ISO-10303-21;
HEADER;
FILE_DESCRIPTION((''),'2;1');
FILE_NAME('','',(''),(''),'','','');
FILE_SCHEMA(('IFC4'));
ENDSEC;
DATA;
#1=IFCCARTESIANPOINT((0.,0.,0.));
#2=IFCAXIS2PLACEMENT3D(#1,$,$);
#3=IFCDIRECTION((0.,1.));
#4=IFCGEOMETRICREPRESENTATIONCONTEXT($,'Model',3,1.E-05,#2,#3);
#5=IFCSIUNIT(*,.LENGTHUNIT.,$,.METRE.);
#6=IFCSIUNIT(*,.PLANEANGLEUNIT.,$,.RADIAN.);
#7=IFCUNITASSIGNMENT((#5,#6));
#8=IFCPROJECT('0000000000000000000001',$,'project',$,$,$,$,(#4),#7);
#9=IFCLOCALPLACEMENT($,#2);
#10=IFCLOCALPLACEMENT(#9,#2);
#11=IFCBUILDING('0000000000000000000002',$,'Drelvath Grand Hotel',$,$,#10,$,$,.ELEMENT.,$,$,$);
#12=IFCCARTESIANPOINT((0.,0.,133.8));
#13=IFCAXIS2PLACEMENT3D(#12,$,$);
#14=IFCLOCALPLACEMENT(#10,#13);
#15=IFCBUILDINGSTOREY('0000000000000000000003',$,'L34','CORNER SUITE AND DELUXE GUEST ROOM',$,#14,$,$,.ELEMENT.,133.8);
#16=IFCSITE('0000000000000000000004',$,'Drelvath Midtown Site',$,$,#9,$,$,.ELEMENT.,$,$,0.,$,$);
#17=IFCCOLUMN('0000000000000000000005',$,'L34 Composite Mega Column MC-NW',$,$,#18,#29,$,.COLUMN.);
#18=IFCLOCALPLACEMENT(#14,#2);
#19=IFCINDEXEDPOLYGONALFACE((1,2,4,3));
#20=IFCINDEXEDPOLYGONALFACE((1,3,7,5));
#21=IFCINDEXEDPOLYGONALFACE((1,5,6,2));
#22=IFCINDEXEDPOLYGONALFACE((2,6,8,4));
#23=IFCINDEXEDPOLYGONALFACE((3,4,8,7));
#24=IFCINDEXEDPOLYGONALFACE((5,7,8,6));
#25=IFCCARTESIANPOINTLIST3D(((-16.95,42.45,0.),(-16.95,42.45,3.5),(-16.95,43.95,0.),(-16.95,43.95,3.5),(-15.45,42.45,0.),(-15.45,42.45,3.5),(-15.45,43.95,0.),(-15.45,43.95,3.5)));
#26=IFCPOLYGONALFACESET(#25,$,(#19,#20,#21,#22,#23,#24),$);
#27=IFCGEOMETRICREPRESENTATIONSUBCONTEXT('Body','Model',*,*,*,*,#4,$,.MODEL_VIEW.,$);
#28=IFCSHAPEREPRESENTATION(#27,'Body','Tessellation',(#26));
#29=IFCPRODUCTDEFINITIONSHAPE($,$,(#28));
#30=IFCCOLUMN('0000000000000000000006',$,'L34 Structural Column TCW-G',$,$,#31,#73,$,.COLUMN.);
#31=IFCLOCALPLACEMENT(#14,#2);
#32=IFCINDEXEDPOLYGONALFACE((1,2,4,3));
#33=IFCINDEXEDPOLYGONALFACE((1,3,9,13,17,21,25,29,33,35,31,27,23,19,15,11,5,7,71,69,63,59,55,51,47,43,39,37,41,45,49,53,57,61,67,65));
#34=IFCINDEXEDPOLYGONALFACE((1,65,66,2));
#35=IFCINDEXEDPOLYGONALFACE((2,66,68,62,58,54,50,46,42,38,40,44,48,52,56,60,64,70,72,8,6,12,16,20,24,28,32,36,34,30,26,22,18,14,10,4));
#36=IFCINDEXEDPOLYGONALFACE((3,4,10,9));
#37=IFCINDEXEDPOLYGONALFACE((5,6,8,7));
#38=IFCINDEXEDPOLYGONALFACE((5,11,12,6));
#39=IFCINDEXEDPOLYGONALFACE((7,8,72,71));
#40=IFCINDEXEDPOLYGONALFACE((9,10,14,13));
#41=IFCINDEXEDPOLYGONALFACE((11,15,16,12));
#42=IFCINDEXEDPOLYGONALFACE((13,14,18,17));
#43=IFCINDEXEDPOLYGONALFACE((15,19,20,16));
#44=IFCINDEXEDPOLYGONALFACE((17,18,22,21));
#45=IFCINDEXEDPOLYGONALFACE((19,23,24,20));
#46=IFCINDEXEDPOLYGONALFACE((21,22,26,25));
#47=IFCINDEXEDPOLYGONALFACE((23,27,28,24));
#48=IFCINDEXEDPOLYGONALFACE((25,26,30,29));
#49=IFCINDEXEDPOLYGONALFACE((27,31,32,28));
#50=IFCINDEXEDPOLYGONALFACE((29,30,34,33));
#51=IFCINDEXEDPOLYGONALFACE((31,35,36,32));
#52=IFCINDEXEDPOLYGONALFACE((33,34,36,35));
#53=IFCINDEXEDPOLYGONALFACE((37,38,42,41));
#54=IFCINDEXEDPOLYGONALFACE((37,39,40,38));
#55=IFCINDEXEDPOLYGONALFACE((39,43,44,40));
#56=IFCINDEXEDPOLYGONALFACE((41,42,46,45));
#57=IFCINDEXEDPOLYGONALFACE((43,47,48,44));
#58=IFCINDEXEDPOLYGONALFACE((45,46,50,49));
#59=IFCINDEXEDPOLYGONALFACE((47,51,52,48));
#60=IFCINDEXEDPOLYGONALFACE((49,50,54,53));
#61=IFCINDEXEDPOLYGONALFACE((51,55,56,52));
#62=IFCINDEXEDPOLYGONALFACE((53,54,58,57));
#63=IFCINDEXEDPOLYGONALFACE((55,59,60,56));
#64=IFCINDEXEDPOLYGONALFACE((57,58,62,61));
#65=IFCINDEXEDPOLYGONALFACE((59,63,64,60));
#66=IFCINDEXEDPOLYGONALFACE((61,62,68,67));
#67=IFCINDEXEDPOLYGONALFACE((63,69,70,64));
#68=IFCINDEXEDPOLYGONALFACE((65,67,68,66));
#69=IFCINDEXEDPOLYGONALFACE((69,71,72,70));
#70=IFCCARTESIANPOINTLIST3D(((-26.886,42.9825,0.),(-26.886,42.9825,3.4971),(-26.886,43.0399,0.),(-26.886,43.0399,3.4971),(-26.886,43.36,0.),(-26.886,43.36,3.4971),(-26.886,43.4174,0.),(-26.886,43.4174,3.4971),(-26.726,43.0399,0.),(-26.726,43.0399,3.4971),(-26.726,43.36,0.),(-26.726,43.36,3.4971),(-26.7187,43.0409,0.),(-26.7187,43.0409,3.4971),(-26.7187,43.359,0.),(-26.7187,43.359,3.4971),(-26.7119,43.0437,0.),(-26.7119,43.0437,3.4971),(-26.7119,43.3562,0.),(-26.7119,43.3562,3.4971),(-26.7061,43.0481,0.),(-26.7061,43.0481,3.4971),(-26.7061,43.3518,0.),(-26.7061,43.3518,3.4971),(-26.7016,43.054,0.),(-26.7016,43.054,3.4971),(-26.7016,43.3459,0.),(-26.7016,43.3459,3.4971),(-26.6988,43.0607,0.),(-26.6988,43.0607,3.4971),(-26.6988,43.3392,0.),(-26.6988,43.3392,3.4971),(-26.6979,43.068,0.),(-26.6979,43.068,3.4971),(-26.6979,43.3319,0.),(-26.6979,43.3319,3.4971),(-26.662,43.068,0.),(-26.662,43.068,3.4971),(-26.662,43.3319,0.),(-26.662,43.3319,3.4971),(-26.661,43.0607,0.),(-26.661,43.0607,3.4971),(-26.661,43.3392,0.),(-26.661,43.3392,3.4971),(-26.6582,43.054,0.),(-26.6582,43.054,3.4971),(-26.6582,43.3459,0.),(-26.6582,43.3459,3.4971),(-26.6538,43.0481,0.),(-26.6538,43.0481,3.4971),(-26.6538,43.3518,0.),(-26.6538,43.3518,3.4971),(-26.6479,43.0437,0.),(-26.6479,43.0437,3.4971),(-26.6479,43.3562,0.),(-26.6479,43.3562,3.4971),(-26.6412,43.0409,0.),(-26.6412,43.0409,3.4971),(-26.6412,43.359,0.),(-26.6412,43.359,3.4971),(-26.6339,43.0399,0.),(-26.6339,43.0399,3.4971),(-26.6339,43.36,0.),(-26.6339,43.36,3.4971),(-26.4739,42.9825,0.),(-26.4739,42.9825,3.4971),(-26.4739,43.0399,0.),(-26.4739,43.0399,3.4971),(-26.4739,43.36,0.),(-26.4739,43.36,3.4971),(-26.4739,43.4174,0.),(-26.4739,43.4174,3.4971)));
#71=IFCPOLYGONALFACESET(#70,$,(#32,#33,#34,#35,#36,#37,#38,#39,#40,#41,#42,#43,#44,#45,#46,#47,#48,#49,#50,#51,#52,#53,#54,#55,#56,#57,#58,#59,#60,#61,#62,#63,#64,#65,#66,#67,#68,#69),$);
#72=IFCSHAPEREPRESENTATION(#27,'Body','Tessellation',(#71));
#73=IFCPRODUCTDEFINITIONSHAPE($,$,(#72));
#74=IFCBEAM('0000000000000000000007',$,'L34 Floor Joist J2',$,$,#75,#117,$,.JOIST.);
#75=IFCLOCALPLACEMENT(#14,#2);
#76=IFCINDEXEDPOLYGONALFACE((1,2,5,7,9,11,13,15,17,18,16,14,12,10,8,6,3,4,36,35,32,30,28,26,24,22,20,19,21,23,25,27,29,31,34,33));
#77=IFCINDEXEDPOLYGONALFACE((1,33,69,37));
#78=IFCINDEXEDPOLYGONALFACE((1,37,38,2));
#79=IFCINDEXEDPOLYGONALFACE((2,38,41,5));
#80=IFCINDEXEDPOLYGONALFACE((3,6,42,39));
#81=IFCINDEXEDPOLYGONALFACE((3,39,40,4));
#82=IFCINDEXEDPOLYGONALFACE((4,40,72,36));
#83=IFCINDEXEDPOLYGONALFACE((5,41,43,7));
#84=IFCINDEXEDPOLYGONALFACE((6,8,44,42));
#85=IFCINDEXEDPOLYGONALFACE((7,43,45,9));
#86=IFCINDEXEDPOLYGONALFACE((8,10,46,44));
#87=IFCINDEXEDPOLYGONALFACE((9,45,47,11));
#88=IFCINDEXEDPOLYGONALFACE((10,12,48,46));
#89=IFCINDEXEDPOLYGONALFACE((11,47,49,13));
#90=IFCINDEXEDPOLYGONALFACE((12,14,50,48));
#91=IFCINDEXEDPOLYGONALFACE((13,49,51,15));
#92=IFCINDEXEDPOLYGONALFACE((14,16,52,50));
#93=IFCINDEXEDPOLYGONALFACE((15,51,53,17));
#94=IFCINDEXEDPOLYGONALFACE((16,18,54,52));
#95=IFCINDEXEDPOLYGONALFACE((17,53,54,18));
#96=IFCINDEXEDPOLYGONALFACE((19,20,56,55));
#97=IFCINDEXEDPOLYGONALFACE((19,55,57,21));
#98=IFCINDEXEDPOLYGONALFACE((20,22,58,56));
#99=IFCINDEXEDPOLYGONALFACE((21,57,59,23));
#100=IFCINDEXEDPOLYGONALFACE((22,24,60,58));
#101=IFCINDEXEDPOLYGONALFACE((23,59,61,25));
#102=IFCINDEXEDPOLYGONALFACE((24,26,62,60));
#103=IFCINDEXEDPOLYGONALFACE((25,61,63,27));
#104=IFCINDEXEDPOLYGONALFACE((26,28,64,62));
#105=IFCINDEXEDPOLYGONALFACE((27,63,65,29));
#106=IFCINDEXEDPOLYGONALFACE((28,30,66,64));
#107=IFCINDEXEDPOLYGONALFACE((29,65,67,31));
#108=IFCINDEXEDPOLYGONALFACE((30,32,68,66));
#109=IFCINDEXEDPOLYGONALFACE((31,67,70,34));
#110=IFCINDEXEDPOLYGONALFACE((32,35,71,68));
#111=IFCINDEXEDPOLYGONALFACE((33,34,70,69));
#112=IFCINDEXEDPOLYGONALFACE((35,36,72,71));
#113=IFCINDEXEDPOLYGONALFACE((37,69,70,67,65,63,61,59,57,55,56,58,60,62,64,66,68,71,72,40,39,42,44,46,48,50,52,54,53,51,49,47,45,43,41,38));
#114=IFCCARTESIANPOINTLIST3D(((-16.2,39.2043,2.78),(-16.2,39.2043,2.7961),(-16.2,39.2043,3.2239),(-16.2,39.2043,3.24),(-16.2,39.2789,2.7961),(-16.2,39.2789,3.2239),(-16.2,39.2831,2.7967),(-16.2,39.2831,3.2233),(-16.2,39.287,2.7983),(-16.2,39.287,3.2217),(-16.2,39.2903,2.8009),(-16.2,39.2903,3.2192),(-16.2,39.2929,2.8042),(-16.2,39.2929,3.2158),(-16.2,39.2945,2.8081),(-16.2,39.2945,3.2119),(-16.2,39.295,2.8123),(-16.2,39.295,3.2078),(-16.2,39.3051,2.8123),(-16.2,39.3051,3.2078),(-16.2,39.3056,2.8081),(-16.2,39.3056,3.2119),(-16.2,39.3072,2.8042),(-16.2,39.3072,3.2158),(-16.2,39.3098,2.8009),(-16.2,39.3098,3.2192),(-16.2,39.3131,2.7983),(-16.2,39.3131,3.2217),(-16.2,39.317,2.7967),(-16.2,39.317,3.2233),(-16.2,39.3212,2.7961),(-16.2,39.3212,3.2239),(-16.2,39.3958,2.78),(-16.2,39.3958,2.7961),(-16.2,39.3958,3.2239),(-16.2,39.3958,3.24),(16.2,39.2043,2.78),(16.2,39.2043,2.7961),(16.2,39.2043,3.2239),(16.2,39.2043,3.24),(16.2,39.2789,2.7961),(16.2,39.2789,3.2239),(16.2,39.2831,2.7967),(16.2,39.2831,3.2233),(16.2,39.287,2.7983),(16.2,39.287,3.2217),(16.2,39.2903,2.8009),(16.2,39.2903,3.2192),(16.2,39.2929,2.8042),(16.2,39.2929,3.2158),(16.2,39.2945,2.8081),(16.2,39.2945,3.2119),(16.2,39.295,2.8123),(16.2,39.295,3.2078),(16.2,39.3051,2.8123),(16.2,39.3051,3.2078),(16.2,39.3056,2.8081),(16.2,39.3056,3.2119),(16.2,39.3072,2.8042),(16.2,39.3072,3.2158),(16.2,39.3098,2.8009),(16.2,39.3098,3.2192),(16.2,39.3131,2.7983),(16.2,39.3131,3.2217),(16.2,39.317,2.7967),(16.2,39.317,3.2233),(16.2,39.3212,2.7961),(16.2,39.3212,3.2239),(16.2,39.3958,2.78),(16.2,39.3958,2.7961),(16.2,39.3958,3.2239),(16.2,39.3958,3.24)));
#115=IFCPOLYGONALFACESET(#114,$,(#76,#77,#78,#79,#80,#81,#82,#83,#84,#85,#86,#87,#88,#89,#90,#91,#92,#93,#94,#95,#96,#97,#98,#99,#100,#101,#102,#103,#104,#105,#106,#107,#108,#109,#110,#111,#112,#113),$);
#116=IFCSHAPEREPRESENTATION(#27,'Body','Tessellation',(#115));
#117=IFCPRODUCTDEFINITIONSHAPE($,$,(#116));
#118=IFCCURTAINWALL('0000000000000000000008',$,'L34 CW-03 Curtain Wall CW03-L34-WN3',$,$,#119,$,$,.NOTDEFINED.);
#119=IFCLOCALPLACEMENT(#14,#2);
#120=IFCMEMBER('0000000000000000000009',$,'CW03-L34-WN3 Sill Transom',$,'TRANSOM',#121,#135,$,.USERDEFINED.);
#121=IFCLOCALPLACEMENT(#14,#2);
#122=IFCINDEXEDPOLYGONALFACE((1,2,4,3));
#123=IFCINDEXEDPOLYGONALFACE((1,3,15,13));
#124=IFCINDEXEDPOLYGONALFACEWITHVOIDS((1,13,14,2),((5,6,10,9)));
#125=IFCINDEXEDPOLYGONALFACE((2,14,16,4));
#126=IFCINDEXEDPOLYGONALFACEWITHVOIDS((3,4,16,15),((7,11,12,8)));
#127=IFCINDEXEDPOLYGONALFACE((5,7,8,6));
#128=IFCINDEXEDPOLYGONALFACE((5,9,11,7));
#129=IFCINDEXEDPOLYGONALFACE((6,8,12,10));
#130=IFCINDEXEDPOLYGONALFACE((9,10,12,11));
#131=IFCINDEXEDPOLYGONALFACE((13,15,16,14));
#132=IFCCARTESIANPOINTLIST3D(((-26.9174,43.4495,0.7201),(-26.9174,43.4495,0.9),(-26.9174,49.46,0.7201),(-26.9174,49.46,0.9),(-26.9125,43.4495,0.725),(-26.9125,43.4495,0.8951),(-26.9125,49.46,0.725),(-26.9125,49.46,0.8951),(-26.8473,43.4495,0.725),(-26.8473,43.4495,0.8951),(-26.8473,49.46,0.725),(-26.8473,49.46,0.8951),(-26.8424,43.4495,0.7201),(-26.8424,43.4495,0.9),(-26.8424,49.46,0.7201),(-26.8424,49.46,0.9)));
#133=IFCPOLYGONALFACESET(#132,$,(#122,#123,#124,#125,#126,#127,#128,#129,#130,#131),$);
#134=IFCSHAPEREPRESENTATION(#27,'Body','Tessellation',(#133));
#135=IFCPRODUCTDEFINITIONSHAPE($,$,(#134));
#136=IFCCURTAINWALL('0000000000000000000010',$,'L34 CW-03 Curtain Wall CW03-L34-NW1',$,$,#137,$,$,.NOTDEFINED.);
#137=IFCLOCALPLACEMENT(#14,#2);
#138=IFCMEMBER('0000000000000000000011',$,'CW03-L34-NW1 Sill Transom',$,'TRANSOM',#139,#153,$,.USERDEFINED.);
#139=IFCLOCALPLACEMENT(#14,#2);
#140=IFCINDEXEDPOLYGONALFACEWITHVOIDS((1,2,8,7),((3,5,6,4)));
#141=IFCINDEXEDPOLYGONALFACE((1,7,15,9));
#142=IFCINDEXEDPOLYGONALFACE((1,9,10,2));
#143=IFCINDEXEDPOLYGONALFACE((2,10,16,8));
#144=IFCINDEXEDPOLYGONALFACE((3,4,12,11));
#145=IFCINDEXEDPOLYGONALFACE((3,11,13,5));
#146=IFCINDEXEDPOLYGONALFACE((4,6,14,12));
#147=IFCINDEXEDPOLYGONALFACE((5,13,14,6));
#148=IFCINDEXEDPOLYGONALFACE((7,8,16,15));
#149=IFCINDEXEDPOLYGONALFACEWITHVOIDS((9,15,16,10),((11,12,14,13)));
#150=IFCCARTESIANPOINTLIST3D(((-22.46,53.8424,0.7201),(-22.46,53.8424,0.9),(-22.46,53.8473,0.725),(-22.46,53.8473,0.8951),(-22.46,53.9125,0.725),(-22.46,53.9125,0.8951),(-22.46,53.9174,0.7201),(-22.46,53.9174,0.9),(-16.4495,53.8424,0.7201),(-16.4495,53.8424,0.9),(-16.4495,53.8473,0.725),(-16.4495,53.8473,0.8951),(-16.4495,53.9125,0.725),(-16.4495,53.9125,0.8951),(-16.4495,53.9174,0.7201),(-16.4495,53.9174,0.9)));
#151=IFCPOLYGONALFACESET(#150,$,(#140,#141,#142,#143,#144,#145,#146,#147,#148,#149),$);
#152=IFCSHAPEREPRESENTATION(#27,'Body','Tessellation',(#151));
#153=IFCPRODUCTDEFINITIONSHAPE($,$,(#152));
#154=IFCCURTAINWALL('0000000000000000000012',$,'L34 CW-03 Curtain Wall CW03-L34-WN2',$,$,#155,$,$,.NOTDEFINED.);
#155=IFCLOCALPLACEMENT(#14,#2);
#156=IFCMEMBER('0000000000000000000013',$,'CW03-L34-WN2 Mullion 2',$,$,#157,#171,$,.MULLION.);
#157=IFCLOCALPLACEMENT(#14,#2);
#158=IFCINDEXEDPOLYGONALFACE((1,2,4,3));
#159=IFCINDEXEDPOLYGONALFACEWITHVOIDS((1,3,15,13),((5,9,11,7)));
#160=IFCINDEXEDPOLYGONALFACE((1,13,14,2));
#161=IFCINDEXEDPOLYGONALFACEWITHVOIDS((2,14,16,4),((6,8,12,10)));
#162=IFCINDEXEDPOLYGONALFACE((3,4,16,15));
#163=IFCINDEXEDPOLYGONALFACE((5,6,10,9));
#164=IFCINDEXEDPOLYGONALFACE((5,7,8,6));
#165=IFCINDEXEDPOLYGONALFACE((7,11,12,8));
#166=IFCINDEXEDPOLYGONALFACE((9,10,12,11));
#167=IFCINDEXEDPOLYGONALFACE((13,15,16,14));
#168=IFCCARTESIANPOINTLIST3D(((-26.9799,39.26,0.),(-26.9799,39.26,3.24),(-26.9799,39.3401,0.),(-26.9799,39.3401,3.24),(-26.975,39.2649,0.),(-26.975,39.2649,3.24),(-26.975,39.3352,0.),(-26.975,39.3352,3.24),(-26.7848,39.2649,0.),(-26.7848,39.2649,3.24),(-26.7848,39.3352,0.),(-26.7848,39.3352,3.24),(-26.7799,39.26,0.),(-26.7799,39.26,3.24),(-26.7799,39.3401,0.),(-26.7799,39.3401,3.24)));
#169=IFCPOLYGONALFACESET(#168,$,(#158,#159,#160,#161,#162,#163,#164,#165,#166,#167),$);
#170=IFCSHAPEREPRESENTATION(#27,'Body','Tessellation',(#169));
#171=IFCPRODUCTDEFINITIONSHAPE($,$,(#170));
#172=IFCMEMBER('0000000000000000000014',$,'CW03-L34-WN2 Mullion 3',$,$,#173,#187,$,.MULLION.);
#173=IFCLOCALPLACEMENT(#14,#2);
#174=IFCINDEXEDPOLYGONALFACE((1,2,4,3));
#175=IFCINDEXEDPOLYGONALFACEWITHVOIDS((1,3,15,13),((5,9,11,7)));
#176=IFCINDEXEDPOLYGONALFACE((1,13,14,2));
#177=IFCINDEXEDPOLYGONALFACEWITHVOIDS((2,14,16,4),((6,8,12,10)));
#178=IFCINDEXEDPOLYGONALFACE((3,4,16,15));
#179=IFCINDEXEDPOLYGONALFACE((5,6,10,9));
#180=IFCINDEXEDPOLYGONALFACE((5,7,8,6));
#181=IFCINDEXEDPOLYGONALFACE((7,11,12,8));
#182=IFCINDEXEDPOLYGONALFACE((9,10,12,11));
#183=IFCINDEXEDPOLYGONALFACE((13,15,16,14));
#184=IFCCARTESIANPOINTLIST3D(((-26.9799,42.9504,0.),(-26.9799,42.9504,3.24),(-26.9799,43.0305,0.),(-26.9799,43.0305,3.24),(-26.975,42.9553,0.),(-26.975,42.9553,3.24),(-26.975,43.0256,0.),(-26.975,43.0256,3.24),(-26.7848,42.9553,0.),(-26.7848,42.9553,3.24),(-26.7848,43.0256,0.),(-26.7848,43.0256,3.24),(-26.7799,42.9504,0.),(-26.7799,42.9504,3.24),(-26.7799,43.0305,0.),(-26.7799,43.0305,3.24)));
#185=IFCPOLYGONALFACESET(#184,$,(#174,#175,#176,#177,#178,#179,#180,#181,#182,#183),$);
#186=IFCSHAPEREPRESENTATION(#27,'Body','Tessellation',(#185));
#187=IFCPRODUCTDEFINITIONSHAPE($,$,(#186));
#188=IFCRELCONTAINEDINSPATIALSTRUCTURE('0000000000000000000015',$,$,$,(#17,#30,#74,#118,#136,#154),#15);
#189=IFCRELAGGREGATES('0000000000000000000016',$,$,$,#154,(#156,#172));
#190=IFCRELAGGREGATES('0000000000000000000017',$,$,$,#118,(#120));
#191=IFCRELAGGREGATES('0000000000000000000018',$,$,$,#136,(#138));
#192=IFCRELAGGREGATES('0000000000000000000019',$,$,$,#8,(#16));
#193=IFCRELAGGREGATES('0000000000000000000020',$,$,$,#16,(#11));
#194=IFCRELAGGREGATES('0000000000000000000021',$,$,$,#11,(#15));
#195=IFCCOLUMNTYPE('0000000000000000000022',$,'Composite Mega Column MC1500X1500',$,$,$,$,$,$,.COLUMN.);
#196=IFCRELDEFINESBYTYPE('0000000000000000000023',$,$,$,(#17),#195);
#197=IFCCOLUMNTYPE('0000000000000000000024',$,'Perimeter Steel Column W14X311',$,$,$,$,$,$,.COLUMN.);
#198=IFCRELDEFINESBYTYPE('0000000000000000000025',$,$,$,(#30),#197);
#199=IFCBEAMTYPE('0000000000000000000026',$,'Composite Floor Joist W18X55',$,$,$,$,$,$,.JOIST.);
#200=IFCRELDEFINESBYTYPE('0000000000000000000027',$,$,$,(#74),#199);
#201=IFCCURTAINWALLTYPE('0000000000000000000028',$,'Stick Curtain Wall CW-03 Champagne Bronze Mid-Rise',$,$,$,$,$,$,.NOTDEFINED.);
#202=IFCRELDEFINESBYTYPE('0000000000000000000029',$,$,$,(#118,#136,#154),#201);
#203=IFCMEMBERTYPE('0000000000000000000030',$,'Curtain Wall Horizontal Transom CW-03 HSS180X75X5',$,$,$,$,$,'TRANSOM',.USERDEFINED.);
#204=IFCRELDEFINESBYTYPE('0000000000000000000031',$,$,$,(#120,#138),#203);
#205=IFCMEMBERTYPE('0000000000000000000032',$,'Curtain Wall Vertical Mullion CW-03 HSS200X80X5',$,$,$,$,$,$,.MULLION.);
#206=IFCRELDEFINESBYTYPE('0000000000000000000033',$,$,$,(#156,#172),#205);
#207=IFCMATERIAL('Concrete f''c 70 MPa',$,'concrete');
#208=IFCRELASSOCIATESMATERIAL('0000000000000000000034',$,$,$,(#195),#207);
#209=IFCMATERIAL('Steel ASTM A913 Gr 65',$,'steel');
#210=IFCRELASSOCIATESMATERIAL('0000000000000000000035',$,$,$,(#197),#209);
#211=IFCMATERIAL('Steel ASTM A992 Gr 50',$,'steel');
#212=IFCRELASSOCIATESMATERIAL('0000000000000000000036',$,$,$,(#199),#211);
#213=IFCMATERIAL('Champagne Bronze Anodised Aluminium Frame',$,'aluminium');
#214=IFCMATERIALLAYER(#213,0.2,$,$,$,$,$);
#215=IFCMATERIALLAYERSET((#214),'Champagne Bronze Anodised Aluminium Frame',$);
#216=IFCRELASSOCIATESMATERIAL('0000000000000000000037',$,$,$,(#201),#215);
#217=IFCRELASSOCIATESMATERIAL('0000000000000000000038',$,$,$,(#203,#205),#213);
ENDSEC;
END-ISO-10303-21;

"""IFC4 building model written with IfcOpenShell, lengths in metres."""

from ifc_helpers import new_model, si_unit, direction, frame, origin, origin_2d, place, context, subcontext, project, spatial, rectangle, hollow_rectangle, i_section, extrude, material, layer, layer_set, material_profile, profile_set, type_object, element, aggregate, save


model = new_model("IFC4")

# Units and contexts
model_context = context("Model", 3, precision=1e-05, world=origin(), true_north=direction((0.0, 1.0)))
body_context = subcontext(model_context, "Body", "Model", "MODEL_VIEW")
ifc_project = project(units=[si_unit("LENGTHUNIT", "METRE"), si_unit("PLANEANGLEUNIT", "RADIAN")], contexts=[model_context])

# Site, building, storey
site_placement = place(None, origin())
site = spatial("IfcSite", under=ifc_project, at=site_placement, Name="Drelvath Midtown Site", CompositionType="ELEMENT", RefElevation=0.0)
building_placement = place(site_placement, origin())
building = spatial("IfcBuilding", under=site, at=building_placement, Name="Drelvath Grand Hotel", CompositionType="ELEMENT")
storey_placement = place(building_placement, frame((0.0, 0.0, 133.8)))
storey = spatial("IfcBuildingStorey", under=building, at=storey_placement, Name="L34", Description="CORNER SUITE AND DELUXE GUEST ROOM", CompositionType="ELEMENT", Elevation=133.8)

# Columns
ifc_material_1 = material(Name="Concrete f'c 70 MPa", Category="concrete")
ifc_material_profile_1 = material_profile(ifc_material_1, rectangle(XDim=1.5, YDim=1.5, at=origin_2d()), Name="MC1500X1500")
ifc_profile_set_1 = profile_set([ifc_material_profile_1], Name="Concrete f'c 70 MPa")
column_type_1 = type_object("IfcColumnType", Name="Composite Mega Column MC1500X1500", PredefinedType="COLUMN", material=ifc_profile_set_1)
column_1_placement = place(storey_placement, frame((-16.2, 43.2, 0.0), z_axis=(0.0, 0.0, 1.0), x_axis=(1.0, 0.0, 0.0)))
element("IfcColumn", 1, at=column_1_placement, inside=storey, type_object=column_type_1, Name="L34 Composite Mega Column MC-NW", PredefinedType="COLUMN", context=body_context, shape_type="SweptSolid", body=[
    extrude(rectangle(XDim=1.5, YDim=1.5, at=origin_2d()), origin(), (0.0, 0.0, 1.0), 3.5),
])
ifc_material_2 = material(Name="Steel ASTM A913 Gr 65", Category="steel")
ifc_material_profile_2 = material_profile(ifc_material_2, i_section(OverallWidth=0.4121, OverallDepth=0.4348, WebThickness=0.0359, FlangeThickness=0.0574, FilletRadius=0.0281, at=origin_2d()), Name="W14X311")
ifc_profile_set_2 = profile_set([ifc_material_profile_2], Name="Steel ASTM A913 Gr 65")
column_type_2 = type_object("IfcColumnType", Name="Perimeter Steel Column W14X311", PredefinedType="COLUMN", material=ifc_profile_set_2)
column_2_placement = place(storey_placement, frame((-26.6799, 43.2, 0.0), z_axis=(0.0, 0.0, 1.0), x_axis=(1.0, 0.0, 0.0)))
element("IfcColumn", 2, at=column_2_placement, inside=storey, type_object=column_type_2, Name="L34 Structural Column TCW-G", PredefinedType="COLUMN", context=body_context, shape_type="SweptSolid", body=[
    extrude(i_section(OverallWidth=0.4121, OverallDepth=0.4348, WebThickness=0.0359, FlangeThickness=0.0574, FilletRadius=0.0281, at=origin_2d()), origin(), (0.0, 0.0, 1.0), 3.4971),
])

# Beam
ifc_material_3 = material(Name="Steel ASTM A992 Gr 50", Category="steel")
ifc_material_profile_3 = material_profile(ifc_material_3, i_section(OverallWidth=0.1914, OverallDepth=0.46, WebThickness=0.01, FlangeThickness=0.0161, FilletRadius=0.0161, at=origin_2d()), Name="W18X55")
ifc_profile_set_3 = profile_set([ifc_material_profile_3], Name="Steel ASTM A992 Gr 50")
beam_type_1 = type_object("IfcBeamType", Name="Composite Floor Joist W18X55", PredefinedType="JOIST", material=ifc_profile_set_3)
beam_1_placement = place(storey_placement, frame((-16.2, 39.3, 3.01), z_axis=(1.0, 0.0, 0.0), x_axis=(0.0, 1.0, 0.0)))
element("IfcBeam", 3, at=beam_1_placement, inside=storey, type_object=beam_type_1, Name="L34 Floor Joist J2", PredefinedType="JOIST", context=body_context, shape_type="SweptSolid", body=[
    extrude(i_section(OverallWidth=0.1914, OverallDepth=0.46, WebThickness=0.01, FlangeThickness=0.0161, FilletRadius=0.0161, at=origin_2d()), origin(), (0.0, 0.0, 1.0), 32.3999),
])

# Curtain walls, members
ifc_material_4 = material(Name="Champagne Bronze Anodised Aluminium Frame", Category="aluminium")
ifc_layer_1 = layer(ifc_material_4, 0.2)
ifc_layer_set_1 = layer_set([ifc_layer_1], Name="Champagne Bronze Anodised Aluminium Frame")
curtain_wall_type = type_object("IfcCurtainWallType", Name="Stick Curtain Wall CW-03 Champagne Bronze Mid-Rise", PredefinedType="NOTDEFINED", material=ifc_layer_set_1)
curtain_wall_1_placement = place(storey_placement, origin())
curtain_wall_1 = element("IfcCurtainWall", 4, at=curtain_wall_1_placement, inside=storey, type_object=curtain_wall_type, Name="L34 CW-03 Curtain Wall CW03-L34-WN3", PredefinedType="NOTDEFINED")
ifc_material_profile_4 = material_profile(ifc_material_4, hollow_rectangle(XDim=0.075, YDim=0.1799, WallThickness=0.0049, at=origin_2d()), Name="HSS180X75X5")
ifc_profile_set_4 = profile_set([ifc_material_profile_4], Name="Champagne Bronze Anodised Aluminium Frame")
member_type_1 = type_object("IfcMemberType", Name="Curtain Wall Horizontal Transom CW-03 HSS180X75X5", ElementType="TRANSOM", PredefinedType="USERDEFINED", material=ifc_profile_set_4)
member_1_placement = place(storey_placement, frame((-26.8799, 43.4495, 0.8101), z_axis=(0.0, 1.0, 0.0), x_axis=(-1.0, 0.0, 0.0)))
member_1 = element("IfcMember", 5, at=member_1_placement, type_object=member_type_1, Name="CW03-L34-WN3 Sill Transom", ObjectType="TRANSOM", PredefinedType="USERDEFINED", context=body_context, shape_type="SweptSolid", body=[
    extrude(hollow_rectangle(XDim=0.075, YDim=0.1799, WallThickness=0.0049, at=origin_2d()), origin(), (0.0, 0.0, 1.0), 6.0105),
])
curtain_wall_2_placement = place(storey_placement, origin())
curtain_wall_2 = element("IfcCurtainWall", 6, at=curtain_wall_2_placement, inside=storey, type_object=curtain_wall_type, Name="L34 CW-03 Curtain Wall CW03-L34-NW1", PredefinedType="NOTDEFINED")
member_2_placement = place(storey_placement, frame((-22.46, 53.8799, 0.8101), z_axis=(1.0, 0.0, 0.0), x_axis=(0.0, 1.0, 0.0)))
member_2 = element("IfcMember", 7, at=member_2_placement, type_object=member_type_1, Name="CW03-L34-NW1 Sill Transom", ObjectType="TRANSOM", PredefinedType="USERDEFINED", context=body_context, shape_type="SweptSolid", body=[
    extrude(hollow_rectangle(XDim=0.075, YDim=0.1799, WallThickness=0.0049, at=origin_2d()), origin(), (0.0, 0.0, 1.0), 6.0105),
])

# Curtain wall, members
curtain_wall_3_placement = place(storey_placement, origin())
curtain_wall_3 = element("IfcCurtainWall", 8, at=curtain_wall_3_placement, inside=storey, type_object=curtain_wall_type, Name="L34 CW-03 Curtain Wall CW03-L34-WN2", PredefinedType="NOTDEFINED")
ifc_material_profile_5 = material_profile(ifc_material_4, hollow_rectangle(XDim=0.0801, YDim=0.2, WallThickness=0.0049, at=origin_2d()), Name="HSS200X80X5")
ifc_profile_set_5 = profile_set([ifc_material_profile_5], Name="Champagne Bronze Anodised Aluminium Frame")
member_type_2 = type_object("IfcMemberType", Name="Curtain Wall Vertical Mullion CW-03 HSS200X80X5", PredefinedType="MULLION", material=ifc_profile_set_5)
member_3_placement = place(storey_placement, frame((-26.8799, 39.3, 0.0), z_axis=(0.0, 0.0, 1.0), x_axis=(0.0, 1.0, 0.0)))
member_3 = element("IfcMember", 9, at=member_3_placement, type_object=member_type_2, Name="CW03-L34-WN2 Mullion 2", PredefinedType="MULLION", context=body_context, shape_type="SweptSolid", body=[
    extrude(hollow_rectangle(XDim=0.0801, YDim=0.2, WallThickness=0.0049, at=origin_2d()), origin(), (0.0, 0.0, 1.0), 3.24),
])
member_4_placement = place(storey_placement, frame((-26.8799, 42.9905, 0.0), z_axis=(0.0, 0.0, 1.0), x_axis=(0.0, 1.0, 0.0)))
member_4 = element("IfcMember", 10, at=member_4_placement, type_object=member_type_2, Name="CW03-L34-WN2 Mullion 3", PredefinedType="MULLION", context=body_context, shape_type="SweptSolid", body=[
    extrude(hollow_rectangle(XDim=0.0801, YDim=0.2, WallThickness=0.0049, at=origin_2d()), origin(), (0.0, 0.0, 1.0), 3.24),
])

aggregate(curtain_wall_3, [member_3, member_4])
aggregate(curtain_wall_1, [member_1])
aggregate(curtain_wall_2, [member_2])

save(model, "model.ifc")
